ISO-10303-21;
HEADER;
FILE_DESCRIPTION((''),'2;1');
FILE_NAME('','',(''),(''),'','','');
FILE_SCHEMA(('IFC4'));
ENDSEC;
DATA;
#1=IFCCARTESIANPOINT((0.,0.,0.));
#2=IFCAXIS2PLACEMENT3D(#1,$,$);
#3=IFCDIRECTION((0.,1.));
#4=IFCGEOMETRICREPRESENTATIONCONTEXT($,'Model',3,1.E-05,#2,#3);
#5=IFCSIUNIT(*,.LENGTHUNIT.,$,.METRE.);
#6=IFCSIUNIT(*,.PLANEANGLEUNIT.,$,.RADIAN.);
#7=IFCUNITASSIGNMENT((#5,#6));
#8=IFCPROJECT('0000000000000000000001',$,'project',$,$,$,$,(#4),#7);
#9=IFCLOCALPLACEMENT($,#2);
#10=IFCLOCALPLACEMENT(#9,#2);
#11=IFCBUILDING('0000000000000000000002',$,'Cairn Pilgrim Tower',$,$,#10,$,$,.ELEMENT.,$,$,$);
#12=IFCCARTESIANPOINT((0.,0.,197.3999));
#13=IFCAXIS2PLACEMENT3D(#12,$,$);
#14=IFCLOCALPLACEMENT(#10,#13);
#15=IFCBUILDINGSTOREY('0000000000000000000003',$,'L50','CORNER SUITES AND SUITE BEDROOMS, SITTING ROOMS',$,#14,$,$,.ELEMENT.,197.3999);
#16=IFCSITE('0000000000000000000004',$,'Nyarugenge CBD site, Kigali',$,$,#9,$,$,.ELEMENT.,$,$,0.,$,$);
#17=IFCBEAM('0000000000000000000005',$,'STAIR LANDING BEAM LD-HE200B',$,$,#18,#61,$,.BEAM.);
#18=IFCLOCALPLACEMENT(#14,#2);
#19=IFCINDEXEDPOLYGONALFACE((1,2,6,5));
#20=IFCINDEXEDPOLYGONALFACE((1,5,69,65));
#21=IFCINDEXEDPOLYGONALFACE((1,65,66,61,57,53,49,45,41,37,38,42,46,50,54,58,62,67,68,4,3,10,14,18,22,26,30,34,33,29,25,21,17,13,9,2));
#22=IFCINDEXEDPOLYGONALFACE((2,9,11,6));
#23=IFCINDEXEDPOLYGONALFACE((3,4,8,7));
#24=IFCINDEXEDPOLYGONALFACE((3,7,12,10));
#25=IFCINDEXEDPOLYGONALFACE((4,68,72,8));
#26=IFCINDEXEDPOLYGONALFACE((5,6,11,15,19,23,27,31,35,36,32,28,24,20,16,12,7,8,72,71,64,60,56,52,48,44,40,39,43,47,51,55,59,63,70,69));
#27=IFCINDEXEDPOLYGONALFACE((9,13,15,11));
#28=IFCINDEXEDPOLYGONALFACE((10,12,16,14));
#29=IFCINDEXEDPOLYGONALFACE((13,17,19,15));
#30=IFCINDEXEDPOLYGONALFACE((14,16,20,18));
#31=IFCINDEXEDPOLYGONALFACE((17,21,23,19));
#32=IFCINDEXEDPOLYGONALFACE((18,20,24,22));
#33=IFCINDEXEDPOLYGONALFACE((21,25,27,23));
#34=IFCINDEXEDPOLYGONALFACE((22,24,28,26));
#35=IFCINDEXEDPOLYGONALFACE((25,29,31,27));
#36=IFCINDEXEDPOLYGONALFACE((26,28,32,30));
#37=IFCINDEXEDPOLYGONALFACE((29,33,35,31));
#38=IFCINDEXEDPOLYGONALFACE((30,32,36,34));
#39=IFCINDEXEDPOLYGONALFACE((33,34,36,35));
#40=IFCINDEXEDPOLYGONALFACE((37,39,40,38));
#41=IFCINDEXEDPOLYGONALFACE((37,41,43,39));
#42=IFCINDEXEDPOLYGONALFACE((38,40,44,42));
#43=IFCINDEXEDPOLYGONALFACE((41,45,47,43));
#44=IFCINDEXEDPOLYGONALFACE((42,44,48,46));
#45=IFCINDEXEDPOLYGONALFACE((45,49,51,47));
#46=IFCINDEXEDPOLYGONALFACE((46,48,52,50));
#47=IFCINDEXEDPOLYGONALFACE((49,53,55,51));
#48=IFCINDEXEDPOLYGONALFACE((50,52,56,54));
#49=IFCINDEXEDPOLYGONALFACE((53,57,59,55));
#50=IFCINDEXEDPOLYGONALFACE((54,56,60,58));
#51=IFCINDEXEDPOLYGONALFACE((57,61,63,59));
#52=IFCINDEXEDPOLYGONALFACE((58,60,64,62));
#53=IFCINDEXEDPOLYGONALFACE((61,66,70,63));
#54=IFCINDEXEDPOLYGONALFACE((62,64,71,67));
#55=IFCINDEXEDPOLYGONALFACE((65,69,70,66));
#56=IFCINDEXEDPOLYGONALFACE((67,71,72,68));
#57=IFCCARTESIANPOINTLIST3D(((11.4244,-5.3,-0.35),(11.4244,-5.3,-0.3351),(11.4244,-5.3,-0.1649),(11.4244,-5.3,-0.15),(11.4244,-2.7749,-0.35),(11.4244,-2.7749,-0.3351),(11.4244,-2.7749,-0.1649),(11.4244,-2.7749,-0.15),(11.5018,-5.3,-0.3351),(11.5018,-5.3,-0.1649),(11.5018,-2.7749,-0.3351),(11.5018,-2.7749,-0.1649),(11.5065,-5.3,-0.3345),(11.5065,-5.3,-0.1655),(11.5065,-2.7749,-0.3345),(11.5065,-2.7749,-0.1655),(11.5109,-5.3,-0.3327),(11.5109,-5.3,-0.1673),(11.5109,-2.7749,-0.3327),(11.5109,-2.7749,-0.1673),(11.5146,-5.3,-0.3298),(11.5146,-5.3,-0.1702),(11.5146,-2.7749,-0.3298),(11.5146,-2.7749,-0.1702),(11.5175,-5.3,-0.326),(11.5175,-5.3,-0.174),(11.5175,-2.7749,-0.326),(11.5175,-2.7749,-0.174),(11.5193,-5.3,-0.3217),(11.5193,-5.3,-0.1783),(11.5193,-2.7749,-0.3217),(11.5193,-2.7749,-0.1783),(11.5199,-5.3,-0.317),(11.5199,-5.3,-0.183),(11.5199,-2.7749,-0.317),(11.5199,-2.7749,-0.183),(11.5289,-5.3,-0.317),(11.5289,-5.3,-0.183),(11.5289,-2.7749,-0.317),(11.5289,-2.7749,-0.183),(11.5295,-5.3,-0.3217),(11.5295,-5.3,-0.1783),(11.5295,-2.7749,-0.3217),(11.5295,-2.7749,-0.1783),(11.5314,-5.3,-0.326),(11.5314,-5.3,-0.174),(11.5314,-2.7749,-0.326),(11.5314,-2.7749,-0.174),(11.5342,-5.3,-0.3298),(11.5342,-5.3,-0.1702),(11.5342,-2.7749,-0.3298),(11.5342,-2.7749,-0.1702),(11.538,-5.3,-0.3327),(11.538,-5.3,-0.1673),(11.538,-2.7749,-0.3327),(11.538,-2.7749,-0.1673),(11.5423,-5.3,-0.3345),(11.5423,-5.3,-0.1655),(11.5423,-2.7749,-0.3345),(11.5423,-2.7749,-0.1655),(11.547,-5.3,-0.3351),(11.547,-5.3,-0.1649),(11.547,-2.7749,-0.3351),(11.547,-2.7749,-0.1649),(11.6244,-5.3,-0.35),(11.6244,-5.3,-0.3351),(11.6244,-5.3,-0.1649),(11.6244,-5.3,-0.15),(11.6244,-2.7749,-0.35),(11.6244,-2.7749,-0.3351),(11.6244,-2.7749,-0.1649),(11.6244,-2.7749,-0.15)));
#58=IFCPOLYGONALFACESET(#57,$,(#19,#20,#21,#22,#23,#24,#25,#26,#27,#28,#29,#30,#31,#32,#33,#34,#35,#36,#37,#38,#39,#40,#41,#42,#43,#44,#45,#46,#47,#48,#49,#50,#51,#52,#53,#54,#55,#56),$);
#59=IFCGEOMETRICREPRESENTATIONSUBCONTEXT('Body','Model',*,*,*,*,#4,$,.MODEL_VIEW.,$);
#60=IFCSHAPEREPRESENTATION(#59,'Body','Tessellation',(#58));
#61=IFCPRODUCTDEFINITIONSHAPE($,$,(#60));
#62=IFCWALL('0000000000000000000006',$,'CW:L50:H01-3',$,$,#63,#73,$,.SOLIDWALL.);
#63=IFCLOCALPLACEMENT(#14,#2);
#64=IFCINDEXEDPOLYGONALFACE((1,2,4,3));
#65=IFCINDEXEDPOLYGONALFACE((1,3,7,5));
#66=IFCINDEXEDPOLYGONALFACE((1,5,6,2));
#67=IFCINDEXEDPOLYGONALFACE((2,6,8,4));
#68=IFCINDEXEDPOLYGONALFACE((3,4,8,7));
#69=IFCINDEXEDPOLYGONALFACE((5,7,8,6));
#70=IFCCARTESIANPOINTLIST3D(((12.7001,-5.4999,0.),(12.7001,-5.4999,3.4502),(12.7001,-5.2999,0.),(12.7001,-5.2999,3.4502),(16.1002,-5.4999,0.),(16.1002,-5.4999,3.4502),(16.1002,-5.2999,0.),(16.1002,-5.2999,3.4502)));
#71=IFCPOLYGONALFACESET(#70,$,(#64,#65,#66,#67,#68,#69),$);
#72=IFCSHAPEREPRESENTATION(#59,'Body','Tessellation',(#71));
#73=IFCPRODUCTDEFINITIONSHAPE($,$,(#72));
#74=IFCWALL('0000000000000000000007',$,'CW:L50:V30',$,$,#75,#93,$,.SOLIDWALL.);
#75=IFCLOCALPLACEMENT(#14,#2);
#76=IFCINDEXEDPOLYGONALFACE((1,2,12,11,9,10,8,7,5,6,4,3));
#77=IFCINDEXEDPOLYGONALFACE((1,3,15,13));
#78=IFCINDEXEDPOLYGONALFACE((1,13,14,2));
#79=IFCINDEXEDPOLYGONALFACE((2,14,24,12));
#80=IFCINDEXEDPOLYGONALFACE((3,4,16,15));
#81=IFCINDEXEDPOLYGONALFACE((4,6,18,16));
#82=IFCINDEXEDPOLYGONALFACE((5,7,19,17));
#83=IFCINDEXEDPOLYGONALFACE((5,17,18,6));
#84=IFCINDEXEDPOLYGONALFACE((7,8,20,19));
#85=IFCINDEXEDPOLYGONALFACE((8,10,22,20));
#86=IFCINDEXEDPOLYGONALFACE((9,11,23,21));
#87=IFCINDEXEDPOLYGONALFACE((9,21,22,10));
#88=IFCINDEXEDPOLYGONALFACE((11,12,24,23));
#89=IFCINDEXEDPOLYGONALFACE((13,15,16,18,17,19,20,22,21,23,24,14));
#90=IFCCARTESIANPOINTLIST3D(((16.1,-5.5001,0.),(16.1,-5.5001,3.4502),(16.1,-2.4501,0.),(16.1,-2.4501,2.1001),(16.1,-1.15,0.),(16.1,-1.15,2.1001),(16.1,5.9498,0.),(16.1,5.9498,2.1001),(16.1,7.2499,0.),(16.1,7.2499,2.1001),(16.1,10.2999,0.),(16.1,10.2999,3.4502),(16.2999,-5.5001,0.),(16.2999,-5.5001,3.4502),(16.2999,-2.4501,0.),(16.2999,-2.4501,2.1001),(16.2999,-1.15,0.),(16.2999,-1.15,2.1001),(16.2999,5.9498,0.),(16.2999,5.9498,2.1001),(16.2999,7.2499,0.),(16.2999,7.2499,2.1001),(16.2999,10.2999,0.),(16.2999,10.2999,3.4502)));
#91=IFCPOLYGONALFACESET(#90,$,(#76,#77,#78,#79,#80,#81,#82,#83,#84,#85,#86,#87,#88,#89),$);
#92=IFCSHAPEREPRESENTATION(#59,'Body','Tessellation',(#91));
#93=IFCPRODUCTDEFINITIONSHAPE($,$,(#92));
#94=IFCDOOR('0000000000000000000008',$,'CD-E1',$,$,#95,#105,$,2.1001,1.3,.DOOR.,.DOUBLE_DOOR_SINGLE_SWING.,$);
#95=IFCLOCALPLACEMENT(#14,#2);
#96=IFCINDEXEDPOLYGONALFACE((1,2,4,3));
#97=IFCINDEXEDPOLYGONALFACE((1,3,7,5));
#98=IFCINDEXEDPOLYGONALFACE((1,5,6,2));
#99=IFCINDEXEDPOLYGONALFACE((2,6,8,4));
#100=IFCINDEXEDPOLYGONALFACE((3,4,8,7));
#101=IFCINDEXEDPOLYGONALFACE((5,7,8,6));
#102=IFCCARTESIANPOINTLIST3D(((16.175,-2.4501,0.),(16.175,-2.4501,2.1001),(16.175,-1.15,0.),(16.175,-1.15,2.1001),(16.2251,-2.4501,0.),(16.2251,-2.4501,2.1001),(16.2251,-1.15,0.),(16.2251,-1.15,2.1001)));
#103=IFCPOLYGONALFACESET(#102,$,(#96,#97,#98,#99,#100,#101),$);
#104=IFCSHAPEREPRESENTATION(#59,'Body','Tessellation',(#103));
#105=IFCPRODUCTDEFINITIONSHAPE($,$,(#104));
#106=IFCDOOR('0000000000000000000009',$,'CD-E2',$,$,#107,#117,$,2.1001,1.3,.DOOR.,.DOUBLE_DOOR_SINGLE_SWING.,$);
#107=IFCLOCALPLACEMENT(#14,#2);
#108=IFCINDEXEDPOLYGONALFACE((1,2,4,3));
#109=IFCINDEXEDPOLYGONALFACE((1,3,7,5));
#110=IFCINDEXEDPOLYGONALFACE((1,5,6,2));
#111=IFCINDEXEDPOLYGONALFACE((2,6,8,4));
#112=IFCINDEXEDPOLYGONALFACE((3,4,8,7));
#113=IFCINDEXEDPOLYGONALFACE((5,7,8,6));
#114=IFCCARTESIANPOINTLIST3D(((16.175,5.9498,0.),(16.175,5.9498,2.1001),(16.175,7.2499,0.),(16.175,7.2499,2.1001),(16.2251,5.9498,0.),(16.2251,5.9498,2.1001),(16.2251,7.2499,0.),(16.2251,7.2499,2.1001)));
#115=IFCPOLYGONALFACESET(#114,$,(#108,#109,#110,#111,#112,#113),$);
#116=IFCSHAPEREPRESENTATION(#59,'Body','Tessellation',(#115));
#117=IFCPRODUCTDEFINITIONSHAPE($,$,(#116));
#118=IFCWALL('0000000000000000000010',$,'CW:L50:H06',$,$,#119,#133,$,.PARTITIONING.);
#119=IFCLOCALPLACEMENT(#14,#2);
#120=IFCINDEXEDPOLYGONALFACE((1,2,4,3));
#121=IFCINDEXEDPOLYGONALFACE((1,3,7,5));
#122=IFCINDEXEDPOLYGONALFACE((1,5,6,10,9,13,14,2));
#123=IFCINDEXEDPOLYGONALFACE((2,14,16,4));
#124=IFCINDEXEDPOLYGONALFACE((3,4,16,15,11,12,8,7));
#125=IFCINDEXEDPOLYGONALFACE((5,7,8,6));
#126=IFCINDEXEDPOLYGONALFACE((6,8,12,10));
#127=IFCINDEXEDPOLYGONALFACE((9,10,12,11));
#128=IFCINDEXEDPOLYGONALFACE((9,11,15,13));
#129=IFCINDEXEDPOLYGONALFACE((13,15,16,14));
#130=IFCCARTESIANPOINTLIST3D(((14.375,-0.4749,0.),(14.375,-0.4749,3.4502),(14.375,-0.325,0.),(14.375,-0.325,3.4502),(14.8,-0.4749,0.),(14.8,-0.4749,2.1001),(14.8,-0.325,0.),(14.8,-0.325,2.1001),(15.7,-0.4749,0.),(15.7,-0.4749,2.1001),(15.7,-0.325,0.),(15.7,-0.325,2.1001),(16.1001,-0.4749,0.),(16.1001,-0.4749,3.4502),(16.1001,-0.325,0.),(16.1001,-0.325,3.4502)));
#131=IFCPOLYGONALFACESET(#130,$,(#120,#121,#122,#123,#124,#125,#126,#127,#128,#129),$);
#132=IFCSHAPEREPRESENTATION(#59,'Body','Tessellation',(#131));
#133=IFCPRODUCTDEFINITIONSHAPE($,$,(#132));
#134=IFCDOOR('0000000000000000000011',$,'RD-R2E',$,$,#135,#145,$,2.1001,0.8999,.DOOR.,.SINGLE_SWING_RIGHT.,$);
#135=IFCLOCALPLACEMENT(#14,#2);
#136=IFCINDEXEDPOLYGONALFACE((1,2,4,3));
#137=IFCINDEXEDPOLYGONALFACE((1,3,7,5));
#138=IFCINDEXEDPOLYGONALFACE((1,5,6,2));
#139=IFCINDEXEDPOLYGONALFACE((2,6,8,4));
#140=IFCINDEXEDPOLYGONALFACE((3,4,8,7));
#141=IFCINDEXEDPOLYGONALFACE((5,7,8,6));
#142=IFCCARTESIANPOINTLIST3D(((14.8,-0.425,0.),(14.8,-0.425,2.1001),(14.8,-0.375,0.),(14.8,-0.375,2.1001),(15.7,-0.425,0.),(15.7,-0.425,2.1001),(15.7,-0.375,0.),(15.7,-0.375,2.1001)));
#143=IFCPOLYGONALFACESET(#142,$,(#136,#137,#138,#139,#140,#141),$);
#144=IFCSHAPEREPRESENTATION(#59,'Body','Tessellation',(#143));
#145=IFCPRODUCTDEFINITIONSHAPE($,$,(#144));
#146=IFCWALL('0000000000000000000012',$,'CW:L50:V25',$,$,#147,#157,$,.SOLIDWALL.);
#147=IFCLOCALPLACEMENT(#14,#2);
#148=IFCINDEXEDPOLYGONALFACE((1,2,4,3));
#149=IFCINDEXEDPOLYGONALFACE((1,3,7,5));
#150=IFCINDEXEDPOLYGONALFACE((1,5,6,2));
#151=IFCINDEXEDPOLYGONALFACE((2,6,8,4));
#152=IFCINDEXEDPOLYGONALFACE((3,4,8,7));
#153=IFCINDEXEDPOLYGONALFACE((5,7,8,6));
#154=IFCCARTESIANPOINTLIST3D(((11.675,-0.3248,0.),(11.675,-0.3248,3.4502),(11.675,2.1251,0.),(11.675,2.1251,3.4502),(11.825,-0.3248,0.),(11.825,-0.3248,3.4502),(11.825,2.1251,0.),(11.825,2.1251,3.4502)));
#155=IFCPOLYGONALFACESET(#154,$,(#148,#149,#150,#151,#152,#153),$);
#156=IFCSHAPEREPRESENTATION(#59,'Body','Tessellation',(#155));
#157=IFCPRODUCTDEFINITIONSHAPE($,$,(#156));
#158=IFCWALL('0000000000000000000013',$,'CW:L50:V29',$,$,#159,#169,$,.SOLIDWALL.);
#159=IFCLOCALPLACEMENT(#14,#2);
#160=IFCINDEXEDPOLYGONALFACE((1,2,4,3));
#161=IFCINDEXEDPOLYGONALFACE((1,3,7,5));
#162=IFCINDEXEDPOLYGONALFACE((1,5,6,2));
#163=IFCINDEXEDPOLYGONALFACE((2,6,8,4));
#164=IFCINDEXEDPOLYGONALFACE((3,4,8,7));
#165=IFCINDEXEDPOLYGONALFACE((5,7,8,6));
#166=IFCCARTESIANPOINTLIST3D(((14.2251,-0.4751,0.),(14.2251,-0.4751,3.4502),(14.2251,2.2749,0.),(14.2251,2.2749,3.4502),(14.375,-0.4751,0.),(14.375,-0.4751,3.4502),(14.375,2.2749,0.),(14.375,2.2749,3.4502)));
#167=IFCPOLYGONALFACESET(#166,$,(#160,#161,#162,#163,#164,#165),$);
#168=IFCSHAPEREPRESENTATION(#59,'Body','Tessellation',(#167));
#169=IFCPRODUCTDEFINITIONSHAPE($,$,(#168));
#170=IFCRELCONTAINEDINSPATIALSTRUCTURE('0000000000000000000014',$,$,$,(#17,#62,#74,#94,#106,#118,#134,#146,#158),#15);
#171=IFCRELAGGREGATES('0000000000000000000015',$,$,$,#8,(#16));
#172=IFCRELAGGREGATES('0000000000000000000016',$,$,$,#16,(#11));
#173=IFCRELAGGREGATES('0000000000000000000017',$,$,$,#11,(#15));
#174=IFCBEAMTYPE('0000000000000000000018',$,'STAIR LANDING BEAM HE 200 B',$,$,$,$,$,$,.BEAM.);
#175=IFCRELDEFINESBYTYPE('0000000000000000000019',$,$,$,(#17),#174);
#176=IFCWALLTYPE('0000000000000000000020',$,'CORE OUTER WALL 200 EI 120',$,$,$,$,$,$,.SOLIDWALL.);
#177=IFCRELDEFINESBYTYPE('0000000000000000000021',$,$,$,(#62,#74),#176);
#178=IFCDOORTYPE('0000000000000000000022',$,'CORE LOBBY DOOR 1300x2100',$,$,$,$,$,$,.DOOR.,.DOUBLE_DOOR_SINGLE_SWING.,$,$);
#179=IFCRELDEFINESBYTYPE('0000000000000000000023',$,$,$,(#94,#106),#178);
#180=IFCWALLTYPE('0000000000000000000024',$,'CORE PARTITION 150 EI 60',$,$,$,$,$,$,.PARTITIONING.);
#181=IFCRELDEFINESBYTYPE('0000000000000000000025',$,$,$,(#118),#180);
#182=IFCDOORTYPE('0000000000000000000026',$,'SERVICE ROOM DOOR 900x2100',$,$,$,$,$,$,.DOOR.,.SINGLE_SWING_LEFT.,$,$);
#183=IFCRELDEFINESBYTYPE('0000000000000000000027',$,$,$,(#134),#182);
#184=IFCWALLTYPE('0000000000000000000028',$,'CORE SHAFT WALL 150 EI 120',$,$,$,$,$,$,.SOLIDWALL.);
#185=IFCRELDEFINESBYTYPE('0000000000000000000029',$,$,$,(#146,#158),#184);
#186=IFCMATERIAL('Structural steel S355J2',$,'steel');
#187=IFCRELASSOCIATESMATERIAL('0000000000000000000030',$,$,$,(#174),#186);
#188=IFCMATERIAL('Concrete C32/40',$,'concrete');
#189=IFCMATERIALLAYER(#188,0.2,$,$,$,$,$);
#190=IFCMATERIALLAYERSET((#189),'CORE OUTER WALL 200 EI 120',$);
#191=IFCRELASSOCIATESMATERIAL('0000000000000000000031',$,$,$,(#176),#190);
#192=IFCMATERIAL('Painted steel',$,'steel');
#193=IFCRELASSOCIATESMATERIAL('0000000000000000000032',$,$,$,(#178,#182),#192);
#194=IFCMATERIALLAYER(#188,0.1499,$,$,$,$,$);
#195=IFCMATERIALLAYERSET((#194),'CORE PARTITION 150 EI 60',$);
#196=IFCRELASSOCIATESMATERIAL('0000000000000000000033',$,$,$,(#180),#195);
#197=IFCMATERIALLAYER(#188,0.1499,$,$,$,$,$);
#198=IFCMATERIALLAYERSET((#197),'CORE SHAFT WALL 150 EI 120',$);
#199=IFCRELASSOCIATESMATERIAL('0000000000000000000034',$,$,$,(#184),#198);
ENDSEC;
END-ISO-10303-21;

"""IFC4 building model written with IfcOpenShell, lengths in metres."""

from ifc_helpers import new_model, si_unit, direction, frame, frame_2d, origin, origin_2d, place, context, subcontext, project, spatial, rectangle, i_section, extrude, material, layer, layer_set, material_profile, profile_set, type_object, element, fill, save


model = new_model("IFC4")

# Units and contexts
model_context = context("Model", 3, precision=1e-05, world=origin(), true_north=direction((0.0, 1.0)))
body_context = subcontext(model_context, "Body", "Model", "MODEL_VIEW")
ifc_project = project(units=[si_unit("LENGTHUNIT", "METRE"), si_unit("PLANEANGLEUNIT", "RADIAN")], contexts=[model_context])

# Site, building, storey
site_placement = place(None, origin())
site = spatial("IfcSite", under=ifc_project, at=site_placement, Name="Nyarugenge CBD site, Kigali", CompositionType="ELEMENT", RefElevation=0.0)
building_placement = place(site_placement, origin())
building = spatial("IfcBuilding", under=site, at=building_placement, Name="Cairn Pilgrim Tower", CompositionType="ELEMENT")
storey_placement = place(building_placement, frame((0.0, 0.0, 197.3999)))
storey = spatial("IfcBuildingStorey", under=building, at=storey_placement, Name="L50", Description="CORNER SUITES AND SUITE BEDROOMS, SITTING ROOMS", CompositionType="ELEMENT", Elevation=197.3999)

# Shared definitions
ifc_material_1 = material(Name="Structural steel S355J2", Category="steel")

# Beam
ifc_material_profile_1 = material_profile(ifc_material_1, i_section(OverallWidth=0.2, OverallDepth=0.2, WebThickness=0.009, FlangeThickness=0.0149, FilletRadius=0.0181, at=origin_2d()), Name="HE 200 B")
ifc_profile_set_1 = profile_set([ifc_material_profile_1], Name="Structural steel S355J2")
beam_type_1 = type_object("IfcBeamType", Name="STAIR LANDING BEAM HE 200 B", PredefinedType="BEAM", material=ifc_profile_set_1)
beam_1_placement = place(storey_placement, frame((11.5244, -2.7749, -0.25), z_axis=(0.0, -1.0, 0.0), x_axis=(1.0, 0.0, 0.0)))
element("IfcBeam", 1, at=beam_1_placement, inside=storey, type_object=beam_type_1, Name="STAIR LANDING BEAM LD-HE200B", PredefinedType="BEAM", context=body_context, shape_type="SweptSolid", body=[
    extrude(i_section(OverallWidth=0.2, OverallDepth=0.2, WebThickness=0.009, FlangeThickness=0.0149, FilletRadius=0.0181, at=origin_2d()), origin(), (0.0, 0.0, 1.0), 2.5251),
])

# Wall
ifc_material_2 = material(Name="Concrete C32/40", Category="concrete")
ifc_layer_1 = layer(ifc_material_2, 0.2)
ifc_layer_set_1 = layer_set([ifc_layer_1], Name="CORE OUTER WALL 200 EI 120")
wall_type_1 = type_object("IfcWallType", Name="CORE OUTER WALL 200 EI 120", PredefinedType="SOLIDWALL", material=ifc_layer_set_1)
wall_1_placement = place(storey_placement, frame((12.7, -5.3999, 0.0), z_axis=(0.0, 0.0, 1.0), x_axis=(1.0, 0.0, 0.0)))
element("IfcWall", 2, at=wall_1_placement, inside=storey, type_object=wall_type_1, Name="CW:L50:H01-3", PredefinedType="SOLIDWALL", context=body_context, shape_type="SweptSolid", body=[
    extrude(rectangle(XDim=3.4001, YDim=0.2, at=frame_2d((1.7002, 0.0))), origin(), (0.0, 0.0, 1.0), 3.4502),
])

# Wall, openings, doors
wall_2_placement = place(storey_placement, frame((16.2, -5.5, 0.0), z_axis=(0.0, 0.0, 1.0), x_axis=(0.0, 1.0, 0.0)))
wall_2 = element("IfcWall", 3, at=wall_2_placement, inside=storey, type_object=wall_type_1, Name="CW:L50:V30", PredefinedType="SOLIDWALL", context=body_context, shape_type="SweptSolid", body=[
    extrude(rectangle(XDim=15.8, YDim=0.2, at=frame_2d((7.8999, 0.0))), origin(), (0.0, 0.0, 1.0), 3.4502),
])
opening_1_placement = place(wall_2_placement, frame((3.05, 0.0, 0.0)))
opening_1 = element("IfcOpeningElement", 4, at=opening_1_placement, cuts=wall_2, PredefinedType="OPENING", context=body_context, shape_type="SweptSolid", body=[
    extrude(rectangle(XDim=1.3, YDim=2.1001, at=frame_2d((0.6499, 1.05))), frame((0.0, 0.1099, 0.0), z_axis=(0.0, -1.0, 0.0), x_axis=(1.0, 0.0, 0.0)), (0.0, 0.0, 1.0), 0.22),
])
opening_2_placement = place(wall_2_placement, frame((11.45, 0.0, 0.0)))
opening_2 = element("IfcOpeningElement", 5, at=opening_2_placement, cuts=wall_2, PredefinedType="OPENING", context=body_context, shape_type="SweptSolid", body=[
    extrude(rectangle(XDim=1.3, YDim=2.1001, at=frame_2d((0.6499, 1.05))), frame((0.0, 0.1099, 0.0), z_axis=(0.0, -1.0, 0.0), x_axis=(1.0, 0.0, 0.0)), (0.0, 0.0, 1.0), 0.22),
])
ifc_material_3 = material(Name="Painted steel", Category="steel")
door_type_1 = type_object("IfcDoorType", Name="CORE LOBBY DOOR 1300x2100", OperationType="DOUBLE_DOOR_SINGLE_SWING", PredefinedType="DOOR", material=ifc_material_3)
door_1_placement = place(opening_1_placement, origin())
door_1 = element("IfcDoor", 6, at=door_1_placement, inside=storey, type_object=door_type_1, Name="CD-E1", OperationType="DOUBLE_DOOR_SINGLE_SWING", OverallHeight=2.1001, OverallWidth=1.3, PredefinedType="DOOR", context=body_context, shape_type="SweptSolid", body=[
    extrude(rectangle(XDim=1.3, YDim=2.1001, at=frame_2d((0.6499, 1.05))), frame((0.0, 0.0249, 0.0), z_axis=(0.0, -1.0, 0.0), x_axis=(1.0, 0.0, 0.0)), (0.0, 0.0, 1.0), 0.05),
])
fill(opening_1, door_1)
door_2_placement = place(opening_2_placement, origin())
door_2 = element("IfcDoor", 7, at=door_2_placement, inside=storey, type_object=door_type_1, Name="CD-E2", OperationType="DOUBLE_DOOR_SINGLE_SWING", OverallHeight=2.1001, OverallWidth=1.3, PredefinedType="DOOR", context=body_context, shape_type="SweptSolid", body=[
    extrude(rectangle(XDim=1.3, YDim=2.1001, at=frame_2d((0.6499, 1.05))), frame((0.0, 0.0249, 0.0), z_axis=(0.0, -1.0, 0.0), x_axis=(1.0, 0.0, 0.0)), (0.0, 0.0, 1.0), 0.05),
])
fill(opening_2, door_2)

# Wall, opening, door
ifc_layer_2 = layer(ifc_material_2, 0.1499)
ifc_layer_set_2 = layer_set([ifc_layer_2], Name="CORE PARTITION 150 EI 60")
wall_type_2 = type_object("IfcWallType", Name="CORE PARTITION 150 EI 60", PredefinedType="PARTITIONING", material=ifc_layer_set_2)
wall_3_placement = place(storey_placement, frame((14.375, -0.3999, 0.0), z_axis=(0.0, 0.0, 1.0), x_axis=(1.0, 0.0, 0.0)))
wall_3 = element("IfcWall", 8, at=wall_3_placement, inside=storey, type_object=wall_type_2, Name="CW:L50:H06", PredefinedType="PARTITIONING", context=body_context, shape_type="SweptSolid", body=[
    extrude(rectangle(XDim=1.7251, YDim=0.1499, at=frame_2d((0.8625, 0.0))), origin(), (0.0, 0.0, 1.0), 3.4502),
])
opening_3_placement = place(wall_3_placement, frame((0.425, 0.0, 0.0)))
opening_3 = element("IfcOpeningElement", 9, at=opening_3_placement, cuts=wall_3, PredefinedType="OPENING", context=body_context, shape_type="SweptSolid", body=[
    extrude(rectangle(XDim=0.8999, YDim=2.1001, at=frame_2d((0.45, 1.05))), frame((0.0, 0.085, 0.0), z_axis=(0.0, -1.0, 0.0), x_axis=(1.0, 0.0, 0.0)), (0.0, 0.0, 1.0), 0.1699),
])
door_type_2 = type_object("IfcDoorType", Name="SERVICE ROOM DOOR 900x2100", OperationType="SINGLE_SWING_LEFT", PredefinedType="DOOR", material=ifc_material_3)
door_3_placement = place(opening_3_placement, origin())
door_3 = element("IfcDoor", 10, at=door_3_placement, inside=storey, type_object=door_type_2, Name="RD-R2E", OperationType="SINGLE_SWING_RIGHT", OverallHeight=2.1001, OverallWidth=0.8999, PredefinedType="DOOR", context=body_context, shape_type="SweptSolid", body=[
    extrude(rectangle(XDim=0.8999, YDim=2.1001, at=frame_2d((0.45, 1.05))), frame((0.0, 0.0249, 0.0), z_axis=(0.0, -1.0, 0.0), x_axis=(1.0, 0.0, 0.0)), (0.0, 0.0, 1.0), 0.05),
])
fill(opening_3, door_3)

# Walls
ifc_layer_3 = layer(ifc_material_2, 0.1499)
ifc_layer_set_3 = layer_set([ifc_layer_3], Name="CORE SHAFT WALL 150 EI 120")
wall_type_3 = type_object("IfcWallType", Name="CORE SHAFT WALL 150 EI 120", PredefinedType="SOLIDWALL", material=ifc_layer_set_3)
wall_4_placement = place(storey_placement, frame((11.75, -0.325, 0.0), z_axis=(0.0, 0.0, 1.0), x_axis=(0.0, 1.0, 0.0)))
element("IfcWall", 11, at=wall_4_placement, inside=storey, type_object=wall_type_3, Name="CW:L50:V25", PredefinedType="SOLIDWALL", context=body_context, shape_type="SweptSolid", body=[
    extrude(rectangle(XDim=2.45, YDim=0.1499, at=frame_2d((1.2251, 0.0))), origin(), (0.0, 0.0, 1.0), 3.4502),
])
wall_5_placement = place(storey_placement, frame((14.3, -0.4751, 0.0), z_axis=(0.0, 0.0, 1.0), x_axis=(0.0, 1.0, 0.0)))
element("IfcWall", 12, at=wall_5_placement, inside=storey, type_object=wall_type_3, Name="CW:L50:V29", PredefinedType="SOLIDWALL", context=body_context, shape_type="SweptSolid", body=[
    extrude(rectangle(XDim=2.75, YDim=0.1499, at=frame_2d((1.375, 0.0))), origin(), (0.0, 0.0, 1.0), 3.4502),
])

save(model, "model.ifc")
